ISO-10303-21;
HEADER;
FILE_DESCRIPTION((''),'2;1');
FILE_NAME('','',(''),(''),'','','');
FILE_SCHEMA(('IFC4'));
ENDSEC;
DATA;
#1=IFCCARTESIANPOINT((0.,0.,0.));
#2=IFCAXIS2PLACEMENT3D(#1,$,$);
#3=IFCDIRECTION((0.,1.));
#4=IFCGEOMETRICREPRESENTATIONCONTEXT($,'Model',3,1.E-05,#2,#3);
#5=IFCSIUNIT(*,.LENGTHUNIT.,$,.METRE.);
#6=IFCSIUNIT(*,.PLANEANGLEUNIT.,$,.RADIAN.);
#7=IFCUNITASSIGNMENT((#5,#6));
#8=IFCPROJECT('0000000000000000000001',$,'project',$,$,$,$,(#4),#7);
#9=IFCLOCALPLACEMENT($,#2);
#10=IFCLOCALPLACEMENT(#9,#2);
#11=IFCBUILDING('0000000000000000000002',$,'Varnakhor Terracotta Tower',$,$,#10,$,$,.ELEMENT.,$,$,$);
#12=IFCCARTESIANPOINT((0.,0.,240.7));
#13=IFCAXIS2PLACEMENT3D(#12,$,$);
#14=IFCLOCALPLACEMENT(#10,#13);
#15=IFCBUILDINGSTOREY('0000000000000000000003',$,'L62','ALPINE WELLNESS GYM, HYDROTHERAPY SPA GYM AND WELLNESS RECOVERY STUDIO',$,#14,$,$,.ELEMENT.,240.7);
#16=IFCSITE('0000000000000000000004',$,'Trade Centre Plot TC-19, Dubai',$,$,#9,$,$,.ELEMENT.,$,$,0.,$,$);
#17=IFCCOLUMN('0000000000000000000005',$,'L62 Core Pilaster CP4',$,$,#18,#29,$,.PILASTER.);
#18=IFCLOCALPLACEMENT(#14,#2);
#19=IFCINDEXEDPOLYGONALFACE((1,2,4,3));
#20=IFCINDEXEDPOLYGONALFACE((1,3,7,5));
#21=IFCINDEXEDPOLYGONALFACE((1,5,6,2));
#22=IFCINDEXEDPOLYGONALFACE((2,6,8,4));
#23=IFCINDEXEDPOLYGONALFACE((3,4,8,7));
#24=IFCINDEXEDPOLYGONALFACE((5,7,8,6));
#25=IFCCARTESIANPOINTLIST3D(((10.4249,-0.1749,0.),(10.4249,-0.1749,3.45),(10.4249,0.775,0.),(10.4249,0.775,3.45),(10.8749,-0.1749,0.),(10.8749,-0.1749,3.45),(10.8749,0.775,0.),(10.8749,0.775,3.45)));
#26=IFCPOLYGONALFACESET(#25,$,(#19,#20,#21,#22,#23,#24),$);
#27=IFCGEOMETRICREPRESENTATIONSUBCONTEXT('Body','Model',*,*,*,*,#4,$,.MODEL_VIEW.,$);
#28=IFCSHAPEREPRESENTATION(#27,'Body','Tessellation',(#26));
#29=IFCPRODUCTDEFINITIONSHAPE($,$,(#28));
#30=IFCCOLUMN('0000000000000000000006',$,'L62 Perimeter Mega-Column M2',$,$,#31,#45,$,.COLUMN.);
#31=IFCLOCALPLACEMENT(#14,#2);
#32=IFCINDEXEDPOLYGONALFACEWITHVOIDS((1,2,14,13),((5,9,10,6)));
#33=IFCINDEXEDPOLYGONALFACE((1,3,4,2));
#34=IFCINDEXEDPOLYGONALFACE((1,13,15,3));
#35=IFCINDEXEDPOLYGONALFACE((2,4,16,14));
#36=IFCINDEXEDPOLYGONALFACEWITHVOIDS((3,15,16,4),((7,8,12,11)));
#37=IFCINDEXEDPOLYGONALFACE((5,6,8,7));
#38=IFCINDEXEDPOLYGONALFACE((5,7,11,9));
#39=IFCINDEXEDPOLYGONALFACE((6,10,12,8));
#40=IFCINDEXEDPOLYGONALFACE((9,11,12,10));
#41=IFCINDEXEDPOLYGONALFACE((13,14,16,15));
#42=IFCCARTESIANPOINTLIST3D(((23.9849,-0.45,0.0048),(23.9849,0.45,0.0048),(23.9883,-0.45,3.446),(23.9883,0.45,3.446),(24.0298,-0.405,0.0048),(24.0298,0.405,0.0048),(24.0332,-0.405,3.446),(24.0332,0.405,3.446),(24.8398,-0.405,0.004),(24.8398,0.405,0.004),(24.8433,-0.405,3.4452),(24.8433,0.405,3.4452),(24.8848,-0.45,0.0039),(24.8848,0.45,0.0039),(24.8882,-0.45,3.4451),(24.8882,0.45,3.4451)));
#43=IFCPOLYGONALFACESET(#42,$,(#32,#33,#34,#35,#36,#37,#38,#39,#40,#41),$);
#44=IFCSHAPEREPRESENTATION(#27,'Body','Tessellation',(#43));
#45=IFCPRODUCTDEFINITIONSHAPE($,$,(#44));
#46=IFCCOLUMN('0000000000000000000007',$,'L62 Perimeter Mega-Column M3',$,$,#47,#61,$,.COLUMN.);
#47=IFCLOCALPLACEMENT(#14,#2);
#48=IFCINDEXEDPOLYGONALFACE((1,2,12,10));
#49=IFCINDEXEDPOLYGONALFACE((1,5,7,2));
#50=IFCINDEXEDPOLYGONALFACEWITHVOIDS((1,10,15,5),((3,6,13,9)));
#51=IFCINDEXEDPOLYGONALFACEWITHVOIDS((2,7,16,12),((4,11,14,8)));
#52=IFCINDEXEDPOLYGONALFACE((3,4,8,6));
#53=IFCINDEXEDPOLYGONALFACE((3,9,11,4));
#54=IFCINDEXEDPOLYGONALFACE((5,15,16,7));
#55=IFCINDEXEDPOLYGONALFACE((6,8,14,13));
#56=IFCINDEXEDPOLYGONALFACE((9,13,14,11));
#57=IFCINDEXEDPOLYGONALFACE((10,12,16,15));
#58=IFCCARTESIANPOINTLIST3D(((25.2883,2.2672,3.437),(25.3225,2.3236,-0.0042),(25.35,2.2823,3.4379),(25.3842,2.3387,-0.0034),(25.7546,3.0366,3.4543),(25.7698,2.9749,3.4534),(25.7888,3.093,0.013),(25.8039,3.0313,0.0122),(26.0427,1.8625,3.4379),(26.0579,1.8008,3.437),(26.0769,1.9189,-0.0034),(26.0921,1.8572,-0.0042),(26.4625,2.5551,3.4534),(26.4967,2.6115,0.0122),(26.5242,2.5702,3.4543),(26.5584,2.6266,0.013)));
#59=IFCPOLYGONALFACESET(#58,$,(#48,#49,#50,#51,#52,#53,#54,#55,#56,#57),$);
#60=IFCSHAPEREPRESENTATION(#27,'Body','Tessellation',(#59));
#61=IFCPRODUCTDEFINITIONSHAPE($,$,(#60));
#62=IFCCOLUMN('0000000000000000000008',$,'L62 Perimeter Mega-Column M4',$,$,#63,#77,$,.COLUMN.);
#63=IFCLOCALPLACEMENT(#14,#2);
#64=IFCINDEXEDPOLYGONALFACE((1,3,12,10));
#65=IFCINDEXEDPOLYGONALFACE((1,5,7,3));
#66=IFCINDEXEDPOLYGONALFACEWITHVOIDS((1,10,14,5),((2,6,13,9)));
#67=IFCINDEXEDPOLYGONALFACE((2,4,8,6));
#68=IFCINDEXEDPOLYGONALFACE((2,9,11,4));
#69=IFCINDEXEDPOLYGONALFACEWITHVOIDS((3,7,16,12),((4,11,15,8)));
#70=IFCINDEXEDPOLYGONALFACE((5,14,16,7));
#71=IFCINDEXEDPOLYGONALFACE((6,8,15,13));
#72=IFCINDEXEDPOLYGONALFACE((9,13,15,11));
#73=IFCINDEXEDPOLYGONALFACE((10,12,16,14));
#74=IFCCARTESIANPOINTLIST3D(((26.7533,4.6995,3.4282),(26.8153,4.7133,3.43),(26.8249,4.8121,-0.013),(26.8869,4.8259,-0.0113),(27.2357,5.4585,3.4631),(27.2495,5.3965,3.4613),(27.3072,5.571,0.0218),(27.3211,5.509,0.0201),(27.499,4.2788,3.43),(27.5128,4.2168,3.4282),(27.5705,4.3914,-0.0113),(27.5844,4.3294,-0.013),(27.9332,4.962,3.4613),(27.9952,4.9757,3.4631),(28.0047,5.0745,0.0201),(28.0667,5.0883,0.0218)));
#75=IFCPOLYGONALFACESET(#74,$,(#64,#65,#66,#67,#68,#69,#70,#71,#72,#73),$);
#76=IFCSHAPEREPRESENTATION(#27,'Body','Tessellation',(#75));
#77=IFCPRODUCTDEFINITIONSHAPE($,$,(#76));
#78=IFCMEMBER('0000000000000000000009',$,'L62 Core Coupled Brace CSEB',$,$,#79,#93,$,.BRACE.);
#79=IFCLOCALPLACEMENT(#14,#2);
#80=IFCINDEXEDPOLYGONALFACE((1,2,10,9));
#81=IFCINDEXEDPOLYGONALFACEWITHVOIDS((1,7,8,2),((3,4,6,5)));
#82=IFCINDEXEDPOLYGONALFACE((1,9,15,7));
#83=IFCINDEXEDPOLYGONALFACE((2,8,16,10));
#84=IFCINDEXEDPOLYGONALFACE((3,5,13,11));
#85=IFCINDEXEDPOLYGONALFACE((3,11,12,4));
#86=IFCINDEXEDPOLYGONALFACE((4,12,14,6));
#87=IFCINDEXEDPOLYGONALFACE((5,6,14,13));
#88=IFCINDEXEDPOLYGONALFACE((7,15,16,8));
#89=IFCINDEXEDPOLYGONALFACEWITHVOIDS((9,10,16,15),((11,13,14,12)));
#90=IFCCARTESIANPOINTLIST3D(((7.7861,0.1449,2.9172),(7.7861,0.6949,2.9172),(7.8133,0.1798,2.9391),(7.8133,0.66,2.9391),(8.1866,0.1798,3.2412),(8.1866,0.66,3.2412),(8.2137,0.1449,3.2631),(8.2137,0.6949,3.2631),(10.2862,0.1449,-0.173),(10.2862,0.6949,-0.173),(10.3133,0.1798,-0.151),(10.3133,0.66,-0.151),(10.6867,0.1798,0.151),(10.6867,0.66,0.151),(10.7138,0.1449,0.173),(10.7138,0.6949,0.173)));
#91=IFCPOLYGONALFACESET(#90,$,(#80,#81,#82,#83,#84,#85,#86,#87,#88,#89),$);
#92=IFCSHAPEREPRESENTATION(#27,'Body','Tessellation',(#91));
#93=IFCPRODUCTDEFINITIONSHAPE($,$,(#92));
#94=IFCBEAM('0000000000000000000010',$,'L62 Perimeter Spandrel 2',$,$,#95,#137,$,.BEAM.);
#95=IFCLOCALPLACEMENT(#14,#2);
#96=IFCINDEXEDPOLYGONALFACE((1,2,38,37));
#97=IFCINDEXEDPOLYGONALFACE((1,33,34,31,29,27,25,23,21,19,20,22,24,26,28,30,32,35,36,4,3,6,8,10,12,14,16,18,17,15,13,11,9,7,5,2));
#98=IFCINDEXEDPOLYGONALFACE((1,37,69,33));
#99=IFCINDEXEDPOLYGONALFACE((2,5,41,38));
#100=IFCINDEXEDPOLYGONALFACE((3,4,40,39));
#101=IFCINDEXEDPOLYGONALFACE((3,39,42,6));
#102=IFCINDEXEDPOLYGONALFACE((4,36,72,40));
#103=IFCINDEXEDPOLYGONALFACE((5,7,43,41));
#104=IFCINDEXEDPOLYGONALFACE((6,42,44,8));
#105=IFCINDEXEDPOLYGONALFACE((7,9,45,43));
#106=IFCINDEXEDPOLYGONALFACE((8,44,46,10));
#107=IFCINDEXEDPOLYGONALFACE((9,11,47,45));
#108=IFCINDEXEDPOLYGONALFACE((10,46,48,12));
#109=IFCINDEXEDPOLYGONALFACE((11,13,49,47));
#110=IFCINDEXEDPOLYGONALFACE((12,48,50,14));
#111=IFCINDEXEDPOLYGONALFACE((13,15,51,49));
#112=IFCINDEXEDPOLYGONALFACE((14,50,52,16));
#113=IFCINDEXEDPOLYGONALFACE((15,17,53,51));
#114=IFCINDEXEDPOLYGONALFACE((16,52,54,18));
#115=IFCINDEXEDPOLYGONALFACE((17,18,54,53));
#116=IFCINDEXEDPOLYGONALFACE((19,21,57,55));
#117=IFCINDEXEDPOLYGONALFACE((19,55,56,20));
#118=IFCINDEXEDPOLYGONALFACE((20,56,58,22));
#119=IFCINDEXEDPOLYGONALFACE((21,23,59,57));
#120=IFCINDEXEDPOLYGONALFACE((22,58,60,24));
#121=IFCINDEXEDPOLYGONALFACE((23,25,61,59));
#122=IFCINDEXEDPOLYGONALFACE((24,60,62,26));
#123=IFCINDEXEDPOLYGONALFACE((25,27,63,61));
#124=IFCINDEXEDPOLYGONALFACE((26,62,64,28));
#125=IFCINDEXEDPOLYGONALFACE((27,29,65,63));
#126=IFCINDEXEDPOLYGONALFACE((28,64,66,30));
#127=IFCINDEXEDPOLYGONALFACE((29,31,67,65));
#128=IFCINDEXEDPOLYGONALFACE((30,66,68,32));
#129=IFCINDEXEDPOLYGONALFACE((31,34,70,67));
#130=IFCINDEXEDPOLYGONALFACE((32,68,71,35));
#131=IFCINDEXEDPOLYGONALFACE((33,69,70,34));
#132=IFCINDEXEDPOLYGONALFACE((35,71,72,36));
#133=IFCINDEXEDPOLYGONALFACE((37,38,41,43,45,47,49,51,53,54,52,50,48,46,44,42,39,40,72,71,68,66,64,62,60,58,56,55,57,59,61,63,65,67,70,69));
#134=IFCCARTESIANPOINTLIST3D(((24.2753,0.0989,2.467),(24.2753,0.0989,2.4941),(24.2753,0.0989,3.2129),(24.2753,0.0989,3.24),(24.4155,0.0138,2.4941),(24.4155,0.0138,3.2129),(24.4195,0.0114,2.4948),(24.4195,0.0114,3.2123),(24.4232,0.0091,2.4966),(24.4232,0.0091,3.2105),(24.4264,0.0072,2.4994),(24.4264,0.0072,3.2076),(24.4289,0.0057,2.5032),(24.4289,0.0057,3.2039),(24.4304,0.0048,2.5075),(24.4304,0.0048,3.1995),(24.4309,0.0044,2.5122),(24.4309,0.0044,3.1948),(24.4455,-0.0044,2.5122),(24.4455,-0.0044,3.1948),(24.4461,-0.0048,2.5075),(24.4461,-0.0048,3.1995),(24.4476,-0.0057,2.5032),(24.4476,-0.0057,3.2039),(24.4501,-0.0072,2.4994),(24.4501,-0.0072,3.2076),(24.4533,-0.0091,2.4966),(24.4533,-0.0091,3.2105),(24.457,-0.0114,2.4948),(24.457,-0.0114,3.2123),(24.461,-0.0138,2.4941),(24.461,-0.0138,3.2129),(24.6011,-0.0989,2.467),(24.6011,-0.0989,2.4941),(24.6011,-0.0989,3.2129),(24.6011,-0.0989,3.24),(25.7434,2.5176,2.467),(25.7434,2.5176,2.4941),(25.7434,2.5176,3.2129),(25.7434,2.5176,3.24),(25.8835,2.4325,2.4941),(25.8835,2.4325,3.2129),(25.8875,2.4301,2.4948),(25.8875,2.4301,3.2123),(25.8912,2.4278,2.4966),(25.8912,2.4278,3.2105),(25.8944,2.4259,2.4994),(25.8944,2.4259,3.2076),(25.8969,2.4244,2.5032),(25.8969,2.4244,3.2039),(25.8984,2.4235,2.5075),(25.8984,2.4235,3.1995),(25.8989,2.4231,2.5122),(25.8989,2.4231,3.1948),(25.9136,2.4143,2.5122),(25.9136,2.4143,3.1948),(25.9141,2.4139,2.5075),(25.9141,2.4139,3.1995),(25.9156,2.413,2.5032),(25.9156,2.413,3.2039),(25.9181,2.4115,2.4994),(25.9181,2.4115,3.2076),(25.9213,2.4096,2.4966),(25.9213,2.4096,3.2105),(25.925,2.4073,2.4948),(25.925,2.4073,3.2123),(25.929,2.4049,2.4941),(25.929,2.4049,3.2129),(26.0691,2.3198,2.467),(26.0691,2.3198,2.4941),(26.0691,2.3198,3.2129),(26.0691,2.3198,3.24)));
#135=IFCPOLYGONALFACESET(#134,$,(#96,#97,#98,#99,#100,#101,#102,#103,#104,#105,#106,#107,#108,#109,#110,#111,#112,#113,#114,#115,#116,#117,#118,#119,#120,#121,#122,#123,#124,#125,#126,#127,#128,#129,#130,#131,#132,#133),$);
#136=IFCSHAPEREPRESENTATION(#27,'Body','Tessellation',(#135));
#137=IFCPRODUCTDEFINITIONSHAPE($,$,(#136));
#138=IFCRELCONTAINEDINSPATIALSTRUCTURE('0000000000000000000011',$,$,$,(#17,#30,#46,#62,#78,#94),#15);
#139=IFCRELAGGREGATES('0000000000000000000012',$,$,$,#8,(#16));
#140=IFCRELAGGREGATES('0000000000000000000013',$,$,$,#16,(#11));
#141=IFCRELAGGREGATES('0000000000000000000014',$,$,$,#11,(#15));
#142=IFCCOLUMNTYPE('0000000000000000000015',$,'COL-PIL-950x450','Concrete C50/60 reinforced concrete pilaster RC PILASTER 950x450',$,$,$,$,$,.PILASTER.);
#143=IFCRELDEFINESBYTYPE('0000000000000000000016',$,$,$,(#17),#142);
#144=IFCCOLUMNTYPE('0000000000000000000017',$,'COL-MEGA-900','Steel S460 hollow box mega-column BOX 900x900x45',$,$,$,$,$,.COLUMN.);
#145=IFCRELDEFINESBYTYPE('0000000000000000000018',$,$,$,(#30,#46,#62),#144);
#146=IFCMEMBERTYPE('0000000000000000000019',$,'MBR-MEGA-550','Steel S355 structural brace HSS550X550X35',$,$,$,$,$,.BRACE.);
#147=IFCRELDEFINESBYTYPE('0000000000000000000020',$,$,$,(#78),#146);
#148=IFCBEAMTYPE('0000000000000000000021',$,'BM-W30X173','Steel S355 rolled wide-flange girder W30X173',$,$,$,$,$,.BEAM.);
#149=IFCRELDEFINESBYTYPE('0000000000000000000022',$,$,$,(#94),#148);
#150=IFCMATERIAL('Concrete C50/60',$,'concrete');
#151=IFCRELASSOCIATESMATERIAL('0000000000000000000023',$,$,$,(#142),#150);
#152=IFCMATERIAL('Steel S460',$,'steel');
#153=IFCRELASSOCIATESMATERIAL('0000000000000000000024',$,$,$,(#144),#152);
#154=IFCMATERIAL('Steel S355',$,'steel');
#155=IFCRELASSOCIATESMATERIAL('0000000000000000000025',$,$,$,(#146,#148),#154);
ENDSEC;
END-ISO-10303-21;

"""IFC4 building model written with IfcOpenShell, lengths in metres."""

from ifc_helpers import new_model, si_unit, direction, frame, origin, origin_2d, place, context, subcontext, project, spatial, rectangle, hollow_rectangle, i_section, extrude, source, transform, mapped, material, material_profile, profile_set, type_object, element, save


model = new_model("IFC4")

# Units and contexts
model_context = context("Model", 3, precision=1e-05, world=origin(), true_north=direction((0.0, 1.0)))
body_context = subcontext(model_context, "Body", "Model", "MODEL_VIEW")
ifc_project = project(units=[si_unit("LENGTHUNIT", "METRE"), si_unit("PLANEANGLEUNIT", "RADIAN")], contexts=[model_context])

# Site, building, storey
site_placement = place(None, origin())
site = spatial("IfcSite", under=ifc_project, at=site_placement, Name="Trade Centre Plot TC-19, Dubai", CompositionType="ELEMENT", RefElevation=0.0)
building_placement = place(site_placement, origin())
building = spatial("IfcBuilding", under=site, at=building_placement, Name="Varnakhor Terracotta Tower", CompositionType="ELEMENT")
storey_placement = place(building_placement, frame((0.0, 0.0, 240.7)))
storey = spatial("IfcBuildingStorey", under=building, at=storey_placement, Name="L62", Description="ALPINE WELLNESS GYM, HYDROTHERAPY SPA GYM AND WELLNESS RECOVERY STUDIO", CompositionType="ELEMENT", Elevation=240.7)

# Columns
ifc_material_1 = material(Name="Concrete C50/60", Category="concrete")
ifc_material_profile_1 = material_profile(ifc_material_1, rectangle(XDim=0.45, YDim=0.95, at=origin_2d()), Name="RC PILASTER 950x450")
ifc_profile_set_1 = profile_set([ifc_material_profile_1], Name="Concrete C50/60")
column_type_1 = type_object("IfcColumnType", Name="COL-PIL-950x450", Description="Concrete C50/60 reinforced concrete pilaster RC PILASTER 950x450", PredefinedType="PILASTER", material=ifc_profile_set_1)
shared_shape_1 = source(origin(), body_context, "Body", "SweptSolid", [
    extrude(rectangle(XDim=0.45, YDim=0.95, at=origin_2d()), origin(), (0.0, 0.0, 1.0), 3.45),
])
column_1_placement = place(storey_placement, frame((10.6499, 0.3, 0.0), z_axis=(0.0, 0.0, 1.0), x_axis=(1.0, 0.0, 0.0)))
element("IfcColumn", 1, at=column_1_placement, inside=storey, type_object=column_type_1, Name="L62 Core Pilaster CP4", PredefinedType="PILASTER", context=body_context, shape_type="MappedRepresentation", body=[
    mapped(shared_shape_1, transform((0.0, 0.0, 0.0), scale=1.0)),
])
ifc_material_2 = material(Name="Steel S460", Category="steel")
ifc_material_profile_2 = material_profile(ifc_material_2, hollow_rectangle(XDim=0.8999, YDim=0.8999, WallThickness=0.0449, at=origin_2d()), Name="BOX 900x900x45")
ifc_profile_set_2 = profile_set([ifc_material_profile_2], Name="Steel S460")
column_type_2 = type_object("IfcColumnType", Name="COL-MEGA-900", Description="Steel S460 hollow box mega-column BOX 900x900x45", PredefinedType="COLUMN", material=ifc_profile_set_2)
shared_shape_2 = source(origin(), body_context, "Body", "SweptSolid", [
    extrude(hollow_rectangle(XDim=0.8999, YDim=0.8999, WallThickness=0.0449, at=origin_2d()), origin(), (0.0, 0.0, 1.0), 3.4412),
])
column_2_placement = place(storey_placement, frame((24.4348, 0.0, 0.0044), z_axis=(0.000993, 0.0, 1.0), x_axis=(1.0, 0.0, 0.0)))
element("IfcColumn", 2, at=column_2_placement, inside=storey, type_object=column_type_2, Name="L62 Perimeter Mega-Column M2", PredefinedType="COLUMN", context=body_context, shape_type="MappedRepresentation", body=[
    mapped(shared_shape_2, transform((0.0, 0.0, 0.0), scale=1.0)),
])
shared_shape_3 = source(origin(), body_context, "Body", "SweptSolid", [
    extrude(hollow_rectangle(XDim=0.8999, YDim=0.8999, WallThickness=0.0449, at=origin_2d()), origin(), (0.0, 0.0, 1.0), 3.4419),
])
column_3_placement = place(storey_placement, frame((25.9404, 2.4751, 0.0044), z_axis=(-0.009931, -0.016386, 0.999816), x_axis=(0.855198, -0.518302, 0.0)))
element("IfcColumn", 3, at=column_3_placement, inside=storey, type_object=column_type_2, Name="L62 Perimeter Mega-Column M3", PredefinedType="COLUMN", context=body_context, shape_type="MappedRepresentation", body=[
    mapped(shared_shape_3, transform((0.0, 0.0, 0.0), scale=1.0)),
])
shared_shape_4 = source(origin(), body_context, "Body", "SweptSolid", [
    extrude(hollow_rectangle(XDim=0.8999, YDim=0.8999, WallThickness=0.0449, at=origin_2d()), origin(), (0.0, 0.0, 1.0), 3.4438),
])
column_4_placement = place(storey_placement, frame((27.4458, 4.9502, 0.0044), z_axis=(-0.020772, -0.032682, 0.99925), x_axis=(0.843963, -0.536402, 0.0)))
element("IfcColumn", 4, at=column_4_placement, inside=storey, type_object=column_type_2, Name="L62 Perimeter Mega-Column M4", PredefinedType="COLUMN", context=body_context, shape_type="MappedRepresentation", body=[
    mapped(shared_shape_4, transform((0.0, 0.0, 0.0), scale=1.0)),
])

# Member
ifc_material_3 = material(Name="Steel S355", Category="steel")
ifc_material_profile_3 = material_profile(ifc_material_3, hollow_rectangle(XDim=0.55, YDim=0.55, WallThickness=0.0349, at=origin_2d()), Name="HSS550X550X35")
ifc_profile_set_3 = profile_set([ifc_material_profile_3], Name="Steel S355")
member_type_1 = type_object("IfcMemberType", Name="MBR-MEGA-550", Description="Steel S355 structural brace HSS550X550X35", PredefinedType="BRACE", material=ifc_profile_set_3)
shared_shape_5 = source(origin(), body_context, "Body", "SweptSolid", [
    extrude(hollow_rectangle(XDim=0.55, YDim=0.55, WallThickness=0.0349, at=origin_2d()), origin(), (0.0, 0.0, 1.0), 3.9749),
])
member_1_placement = place(storey_placement, frame((10.5, 0.4199, 0.0), z_axis=(-0.62897, 0.0, 0.777429), x_axis=(0.0, -1.0, 0.0)))
element("IfcMember", 5, at=member_1_placement, inside=storey, type_object=member_type_1, Name="L62 Core Coupled Brace CSEB", PredefinedType="BRACE", context=body_context, shape_type="MappedRepresentation", body=[
    mapped(shared_shape_5, transform((0.0, 0.0, 0.0), scale=1.0)),
])

# Beam
ifc_material_profile_4 = material_profile(ifc_material_3, i_section(OverallWidth=0.3811, OverallDepth=0.7729, WebThickness=0.0171, FlangeThickness=0.0271, FilletRadius=0.0181, at=origin_2d()), Name="W30X173")
ifc_profile_set_4 = profile_set([ifc_material_profile_4], Name="Steel S355")
beam_type_1 = type_object("IfcBeamType", Name="BM-W30X173", Description="Steel S355 rolled wide-flange girder W30X173", PredefinedType="BEAM", material=ifc_profile_set_4)
shared_shape_6 = source(origin(), body_context, "Body", "SweptSolid", [
    extrude(i_section(OverallWidth=0.3811, OverallDepth=0.7729, WebThickness=0.0171, FlangeThickness=0.0271, FilletRadius=0.0181, at=origin_2d()), origin(), (0.0, 0.0, 1.0), 2.8293),
])
beam_1_placement = place(storey_placement, frame((24.4382, 0.0, 2.8535), z_axis=(0.518854, 0.854863, 0.0), x_axis=(-0.854863, 0.518854, 0.0)))
element("IfcBeam", 6, at=beam_1_placement, inside=storey, type_object=beam_type_1, Name="L62 Perimeter Spandrel 2", PredefinedType="BEAM", context=body_context, shape_type="MappedRepresentation", body=[
    mapped(shared_shape_6, transform((0.0, 0.0, 0.0), scale=1.0)),
])

save(model, "model.ifc")
